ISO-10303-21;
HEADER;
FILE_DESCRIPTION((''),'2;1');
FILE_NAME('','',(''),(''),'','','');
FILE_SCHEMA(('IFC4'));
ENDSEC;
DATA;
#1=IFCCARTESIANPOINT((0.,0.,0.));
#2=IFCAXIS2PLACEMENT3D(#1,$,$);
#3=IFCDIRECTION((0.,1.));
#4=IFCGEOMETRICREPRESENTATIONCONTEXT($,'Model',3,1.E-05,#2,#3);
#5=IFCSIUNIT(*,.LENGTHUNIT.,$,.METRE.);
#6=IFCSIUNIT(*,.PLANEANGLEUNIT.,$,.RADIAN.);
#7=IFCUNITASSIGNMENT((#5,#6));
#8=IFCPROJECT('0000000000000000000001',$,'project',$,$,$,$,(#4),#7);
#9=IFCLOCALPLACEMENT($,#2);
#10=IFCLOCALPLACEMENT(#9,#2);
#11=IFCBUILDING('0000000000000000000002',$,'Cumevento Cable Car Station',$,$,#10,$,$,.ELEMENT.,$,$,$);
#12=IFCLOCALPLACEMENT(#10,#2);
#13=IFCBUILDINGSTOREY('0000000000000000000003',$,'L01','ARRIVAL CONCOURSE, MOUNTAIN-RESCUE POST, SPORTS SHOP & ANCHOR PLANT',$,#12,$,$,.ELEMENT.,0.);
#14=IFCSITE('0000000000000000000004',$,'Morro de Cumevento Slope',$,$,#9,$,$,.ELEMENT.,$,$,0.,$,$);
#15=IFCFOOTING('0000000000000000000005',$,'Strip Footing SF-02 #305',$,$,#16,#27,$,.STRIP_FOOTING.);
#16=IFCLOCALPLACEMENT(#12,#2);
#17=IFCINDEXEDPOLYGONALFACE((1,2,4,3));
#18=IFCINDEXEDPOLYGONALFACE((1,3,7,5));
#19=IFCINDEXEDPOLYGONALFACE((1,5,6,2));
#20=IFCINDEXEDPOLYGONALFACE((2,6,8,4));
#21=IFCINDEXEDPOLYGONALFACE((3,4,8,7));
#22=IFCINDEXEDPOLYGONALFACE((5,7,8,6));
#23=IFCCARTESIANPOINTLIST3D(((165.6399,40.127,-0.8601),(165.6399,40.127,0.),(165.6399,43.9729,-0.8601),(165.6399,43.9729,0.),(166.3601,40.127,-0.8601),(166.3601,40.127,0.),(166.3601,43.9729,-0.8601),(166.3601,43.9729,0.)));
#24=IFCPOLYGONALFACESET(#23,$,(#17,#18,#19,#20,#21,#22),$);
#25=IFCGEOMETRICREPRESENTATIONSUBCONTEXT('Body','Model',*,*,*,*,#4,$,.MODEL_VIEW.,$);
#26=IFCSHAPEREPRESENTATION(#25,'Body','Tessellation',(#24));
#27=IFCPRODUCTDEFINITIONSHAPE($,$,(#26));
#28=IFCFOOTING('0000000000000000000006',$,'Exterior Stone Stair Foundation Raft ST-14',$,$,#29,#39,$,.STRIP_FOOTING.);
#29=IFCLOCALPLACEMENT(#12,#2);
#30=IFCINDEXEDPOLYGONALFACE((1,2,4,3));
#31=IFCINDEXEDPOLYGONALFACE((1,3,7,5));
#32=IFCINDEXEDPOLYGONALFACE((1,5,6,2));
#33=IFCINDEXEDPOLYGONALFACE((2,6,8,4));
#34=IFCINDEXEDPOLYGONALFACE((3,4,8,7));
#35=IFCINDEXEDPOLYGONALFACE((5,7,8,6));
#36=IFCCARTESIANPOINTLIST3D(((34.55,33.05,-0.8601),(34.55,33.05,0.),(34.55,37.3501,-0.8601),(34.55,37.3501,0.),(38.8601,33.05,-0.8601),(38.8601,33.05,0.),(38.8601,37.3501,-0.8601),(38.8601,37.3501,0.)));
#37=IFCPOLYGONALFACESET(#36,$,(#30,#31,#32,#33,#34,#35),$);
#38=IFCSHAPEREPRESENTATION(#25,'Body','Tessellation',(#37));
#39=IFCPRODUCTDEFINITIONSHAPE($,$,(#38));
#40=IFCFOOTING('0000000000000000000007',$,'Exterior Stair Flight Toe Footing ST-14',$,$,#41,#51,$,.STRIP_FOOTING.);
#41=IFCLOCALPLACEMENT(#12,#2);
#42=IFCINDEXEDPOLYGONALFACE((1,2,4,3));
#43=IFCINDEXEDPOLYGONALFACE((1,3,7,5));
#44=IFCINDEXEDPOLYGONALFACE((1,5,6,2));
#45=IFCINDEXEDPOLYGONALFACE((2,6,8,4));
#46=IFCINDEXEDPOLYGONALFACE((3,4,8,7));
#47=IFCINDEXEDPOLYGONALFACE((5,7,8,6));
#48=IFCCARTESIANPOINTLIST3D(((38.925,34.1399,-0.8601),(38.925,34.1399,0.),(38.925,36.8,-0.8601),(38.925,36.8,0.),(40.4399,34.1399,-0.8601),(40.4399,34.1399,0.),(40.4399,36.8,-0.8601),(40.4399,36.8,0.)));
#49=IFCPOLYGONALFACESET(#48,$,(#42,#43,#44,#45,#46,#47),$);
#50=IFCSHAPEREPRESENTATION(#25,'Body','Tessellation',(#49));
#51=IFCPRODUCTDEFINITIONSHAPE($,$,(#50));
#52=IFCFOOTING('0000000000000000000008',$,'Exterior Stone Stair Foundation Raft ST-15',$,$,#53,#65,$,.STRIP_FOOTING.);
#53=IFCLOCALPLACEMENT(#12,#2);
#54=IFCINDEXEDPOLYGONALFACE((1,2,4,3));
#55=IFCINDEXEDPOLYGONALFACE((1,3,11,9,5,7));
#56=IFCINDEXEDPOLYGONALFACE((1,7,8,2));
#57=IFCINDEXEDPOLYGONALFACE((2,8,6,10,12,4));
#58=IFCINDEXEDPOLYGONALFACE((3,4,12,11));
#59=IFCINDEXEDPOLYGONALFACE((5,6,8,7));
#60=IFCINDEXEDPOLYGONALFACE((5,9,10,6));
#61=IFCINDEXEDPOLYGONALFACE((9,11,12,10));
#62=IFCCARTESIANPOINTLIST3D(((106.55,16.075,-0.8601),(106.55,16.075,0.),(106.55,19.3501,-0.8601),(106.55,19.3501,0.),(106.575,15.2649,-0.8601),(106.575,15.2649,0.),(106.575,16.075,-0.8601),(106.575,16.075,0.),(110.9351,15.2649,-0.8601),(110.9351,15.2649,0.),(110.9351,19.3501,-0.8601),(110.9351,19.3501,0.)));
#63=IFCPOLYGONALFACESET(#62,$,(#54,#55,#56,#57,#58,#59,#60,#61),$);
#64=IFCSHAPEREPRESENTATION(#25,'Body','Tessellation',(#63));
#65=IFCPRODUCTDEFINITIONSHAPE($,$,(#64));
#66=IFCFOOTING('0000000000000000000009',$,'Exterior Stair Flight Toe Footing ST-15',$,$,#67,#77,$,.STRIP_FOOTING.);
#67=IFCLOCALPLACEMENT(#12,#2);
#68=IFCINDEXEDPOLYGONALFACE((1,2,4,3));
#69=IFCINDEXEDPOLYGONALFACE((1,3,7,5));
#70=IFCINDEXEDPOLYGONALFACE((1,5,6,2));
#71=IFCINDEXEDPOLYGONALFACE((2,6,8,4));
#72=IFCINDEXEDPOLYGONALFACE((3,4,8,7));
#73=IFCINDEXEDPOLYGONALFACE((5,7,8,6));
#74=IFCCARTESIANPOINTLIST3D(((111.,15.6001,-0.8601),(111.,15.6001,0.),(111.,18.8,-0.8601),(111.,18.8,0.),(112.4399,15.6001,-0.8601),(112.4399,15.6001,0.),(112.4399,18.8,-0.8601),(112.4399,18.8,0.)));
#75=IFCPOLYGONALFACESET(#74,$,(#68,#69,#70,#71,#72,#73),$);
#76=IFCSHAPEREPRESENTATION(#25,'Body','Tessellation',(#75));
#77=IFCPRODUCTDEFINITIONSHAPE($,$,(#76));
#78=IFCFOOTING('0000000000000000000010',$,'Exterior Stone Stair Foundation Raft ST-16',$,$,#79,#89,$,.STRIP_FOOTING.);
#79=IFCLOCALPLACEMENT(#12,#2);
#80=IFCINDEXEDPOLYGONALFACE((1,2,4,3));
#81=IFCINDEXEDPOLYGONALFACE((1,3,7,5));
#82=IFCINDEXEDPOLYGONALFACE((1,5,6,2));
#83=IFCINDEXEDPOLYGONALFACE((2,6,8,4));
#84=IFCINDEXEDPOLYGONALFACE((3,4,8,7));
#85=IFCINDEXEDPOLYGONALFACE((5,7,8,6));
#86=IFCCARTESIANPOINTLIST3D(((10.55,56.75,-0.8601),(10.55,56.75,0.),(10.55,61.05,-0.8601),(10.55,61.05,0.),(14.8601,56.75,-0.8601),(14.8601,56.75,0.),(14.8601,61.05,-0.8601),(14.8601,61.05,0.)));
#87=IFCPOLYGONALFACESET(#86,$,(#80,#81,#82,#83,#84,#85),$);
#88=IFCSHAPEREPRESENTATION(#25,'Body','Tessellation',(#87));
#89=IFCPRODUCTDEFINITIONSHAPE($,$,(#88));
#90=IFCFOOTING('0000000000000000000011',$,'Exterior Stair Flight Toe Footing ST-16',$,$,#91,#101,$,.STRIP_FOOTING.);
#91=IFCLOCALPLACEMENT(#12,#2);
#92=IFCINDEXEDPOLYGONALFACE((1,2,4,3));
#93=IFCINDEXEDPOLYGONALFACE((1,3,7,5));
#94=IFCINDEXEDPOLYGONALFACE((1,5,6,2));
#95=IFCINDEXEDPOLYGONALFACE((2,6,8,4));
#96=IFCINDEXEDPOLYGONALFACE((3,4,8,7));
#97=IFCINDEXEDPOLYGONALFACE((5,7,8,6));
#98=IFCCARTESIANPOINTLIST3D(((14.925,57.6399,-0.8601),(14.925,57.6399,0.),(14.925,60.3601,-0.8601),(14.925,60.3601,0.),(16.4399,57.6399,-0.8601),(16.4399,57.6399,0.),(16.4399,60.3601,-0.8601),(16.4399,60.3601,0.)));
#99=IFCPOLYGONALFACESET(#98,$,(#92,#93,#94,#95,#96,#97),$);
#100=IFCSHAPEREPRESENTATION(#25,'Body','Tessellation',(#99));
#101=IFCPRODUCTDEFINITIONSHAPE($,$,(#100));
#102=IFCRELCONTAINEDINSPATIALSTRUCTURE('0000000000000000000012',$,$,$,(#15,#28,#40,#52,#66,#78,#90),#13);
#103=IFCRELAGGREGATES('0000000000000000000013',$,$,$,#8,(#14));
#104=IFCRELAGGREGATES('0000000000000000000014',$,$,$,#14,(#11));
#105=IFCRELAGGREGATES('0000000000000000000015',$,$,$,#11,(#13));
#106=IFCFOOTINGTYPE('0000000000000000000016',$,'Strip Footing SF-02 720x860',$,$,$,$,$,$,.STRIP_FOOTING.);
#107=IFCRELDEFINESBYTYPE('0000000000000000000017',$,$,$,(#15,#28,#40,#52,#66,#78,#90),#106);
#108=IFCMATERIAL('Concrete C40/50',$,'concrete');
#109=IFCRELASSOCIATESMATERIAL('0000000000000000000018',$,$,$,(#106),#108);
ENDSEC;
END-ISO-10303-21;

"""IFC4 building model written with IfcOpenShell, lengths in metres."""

from ifc_helpers import new_model, si_unit, direction, frame, origin, place, context, subcontext, project, spatial, polyline, outline, extrude, material, type_object, element, save


model = new_model("IFC4")

# Units and contexts
model_context = context("Model", 3, precision=1e-05, world=origin(), true_north=direction((0.0, 1.0)))
body_context = subcontext(model_context, "Body", "Model", "MODEL_VIEW")
ifc_project = project(units=[si_unit("LENGTHUNIT", "METRE"), si_unit("PLANEANGLEUNIT", "RADIAN")], contexts=[model_context])

# Site, building, storey
site_placement = place(None, origin())
site = spatial("IfcSite", under=ifc_project, at=site_placement, Name="Morro de Cumevento Slope", CompositionType="ELEMENT", RefElevation=0.0)
building_placement = place(site_placement, origin())
building = spatial("IfcBuilding", under=site, at=building_placement, Name="Cumevento Cable Car Station", CompositionType="ELEMENT")
storey_placement = place(building_placement, origin())
storey = spatial("IfcBuildingStorey", under=building, at=storey_placement, Name="L01", Description="ARRIVAL CONCOURSE, MOUNTAIN-RESCUE POST, SPORTS SHOP & ANCHOR PLANT", CompositionType="ELEMENT", Elevation=0.0)

# Footings
ifc_material = material(Name="Concrete C40/50", Category="concrete")
footing_type = type_object("IfcFootingType", Name="Strip Footing SF-02 720x860", PredefinedType="STRIP_FOOTING", material=ifc_material)
footing_1_placement = place(storey_placement, frame((0.0, 0.0, -0.8601)))
element("IfcFooting", 1, at=footing_1_placement, inside=storey, type_object=footing_type, Name="Strip Footing SF-02 #305", PredefinedType="STRIP_FOOTING", context=body_context, shape_type="SweptSolid", body=[
    extrude(outline(polyline([(165.6399, 40.127), (166.3601, 40.127), (166.3601, 43.9729), (165.6399, 43.9729), (165.6399, 40.127)])), origin(), (0.0, 0.0, 1.0), 0.8601),
])
footing_2_placement = place(storey_placement, frame((0.0, 0.0, -0.8601)))
element("IfcFooting", 2, at=footing_2_placement, inside=storey, type_object=footing_type, Name="Exterior Stone Stair Foundation Raft ST-14", PredefinedType="STRIP_FOOTING", context=body_context, shape_type="SweptSolid", body=[
    extrude(outline(polyline([(38.8601, 33.05), (38.8601, 37.3501), (34.55, 37.3501), (34.55, 33.05), (38.8601, 33.05)])), origin(), (0.0, 0.0, 1.0), 0.8601),
])
footing_3_placement = place(storey_placement, frame((0.0, 0.0, -0.8601)))
element("IfcFooting", 3, at=footing_3_placement, inside=storey, type_object=footing_type, Name="Exterior Stair Flight Toe Footing ST-14", PredefinedType="STRIP_FOOTING", context=body_context, shape_type="SweptSolid", body=[
    extrude(outline(polyline([(40.4399, 36.8), (40.4399, 34.1399), (38.925, 34.1399), (38.925, 36.8), (40.4399, 36.8)])), origin(), (0.0, 0.0, 1.0), 0.8601),
])
footing_4_placement = place(storey_placement, frame((0.0, 0.0, -0.8601)))
element("IfcFooting", 4, at=footing_4_placement, inside=storey, type_object=footing_type, Name="Exterior Stone Stair Foundation Raft ST-15", PredefinedType="STRIP_FOOTING", context=body_context, shape_type="SweptSolid", body=[
    extrude(outline(polyline([(106.55, 19.3501), (110.9351, 19.3501), (110.9351, 15.2649), (106.575, 15.2649), (106.575, 16.075), (106.55, 16.075), (106.55, 19.3501)])), origin(), (0.0, 0.0, 1.0), 0.8601),
])
footing_5_placement = place(storey_placement, frame((0.0, 0.0, -0.8601)))
element("IfcFooting", 5, at=footing_5_placement, inside=storey, type_object=footing_type, Name="Exterior Stair Flight Toe Footing ST-15", PredefinedType="STRIP_FOOTING", context=body_context, shape_type="SweptSolid", body=[
    extrude(outline(polyline([(112.4399, 18.8), (112.4399, 15.6001), (111.0, 15.6001), (111.0, 18.8), (112.4399, 18.8)])), origin(), (0.0, 0.0, 1.0), 0.8601),
])
footing_6_placement = place(storey_placement, frame((0.0, 0.0, -0.8601)))
element("IfcFooting", 6, at=footing_6_placement, inside=storey, type_object=footing_type, Name="Exterior Stone Stair Foundation Raft ST-16", PredefinedType="STRIP_FOOTING", context=body_context, shape_type="SweptSolid", body=[
    extrude(outline(polyline([(14.8601, 56.75), (14.8601, 61.05), (10.55, 61.05), (10.55, 56.75), (14.8601, 56.75)])), origin(), (0.0, 0.0, 1.0), 0.8601),
])
footing_7_placement = place(storey_placement, frame((0.0, 0.0, -0.8601)))
element("IfcFooting", 7, at=footing_7_placement, inside=storey, type_object=footing_type, Name="Exterior Stair Flight Toe Footing ST-16", PredefinedType="STRIP_FOOTING", context=body_context, shape_type="SweptSolid", body=[
    extrude(outline(polyline([(16.4399, 57.6399), (14.925, 57.6399), (14.925, 60.3601), (16.4399, 60.3601), (16.4399, 57.6399)])), origin(), (0.0, 0.0, 1.0), 0.8601),
])

save(model, "model.ifc")
